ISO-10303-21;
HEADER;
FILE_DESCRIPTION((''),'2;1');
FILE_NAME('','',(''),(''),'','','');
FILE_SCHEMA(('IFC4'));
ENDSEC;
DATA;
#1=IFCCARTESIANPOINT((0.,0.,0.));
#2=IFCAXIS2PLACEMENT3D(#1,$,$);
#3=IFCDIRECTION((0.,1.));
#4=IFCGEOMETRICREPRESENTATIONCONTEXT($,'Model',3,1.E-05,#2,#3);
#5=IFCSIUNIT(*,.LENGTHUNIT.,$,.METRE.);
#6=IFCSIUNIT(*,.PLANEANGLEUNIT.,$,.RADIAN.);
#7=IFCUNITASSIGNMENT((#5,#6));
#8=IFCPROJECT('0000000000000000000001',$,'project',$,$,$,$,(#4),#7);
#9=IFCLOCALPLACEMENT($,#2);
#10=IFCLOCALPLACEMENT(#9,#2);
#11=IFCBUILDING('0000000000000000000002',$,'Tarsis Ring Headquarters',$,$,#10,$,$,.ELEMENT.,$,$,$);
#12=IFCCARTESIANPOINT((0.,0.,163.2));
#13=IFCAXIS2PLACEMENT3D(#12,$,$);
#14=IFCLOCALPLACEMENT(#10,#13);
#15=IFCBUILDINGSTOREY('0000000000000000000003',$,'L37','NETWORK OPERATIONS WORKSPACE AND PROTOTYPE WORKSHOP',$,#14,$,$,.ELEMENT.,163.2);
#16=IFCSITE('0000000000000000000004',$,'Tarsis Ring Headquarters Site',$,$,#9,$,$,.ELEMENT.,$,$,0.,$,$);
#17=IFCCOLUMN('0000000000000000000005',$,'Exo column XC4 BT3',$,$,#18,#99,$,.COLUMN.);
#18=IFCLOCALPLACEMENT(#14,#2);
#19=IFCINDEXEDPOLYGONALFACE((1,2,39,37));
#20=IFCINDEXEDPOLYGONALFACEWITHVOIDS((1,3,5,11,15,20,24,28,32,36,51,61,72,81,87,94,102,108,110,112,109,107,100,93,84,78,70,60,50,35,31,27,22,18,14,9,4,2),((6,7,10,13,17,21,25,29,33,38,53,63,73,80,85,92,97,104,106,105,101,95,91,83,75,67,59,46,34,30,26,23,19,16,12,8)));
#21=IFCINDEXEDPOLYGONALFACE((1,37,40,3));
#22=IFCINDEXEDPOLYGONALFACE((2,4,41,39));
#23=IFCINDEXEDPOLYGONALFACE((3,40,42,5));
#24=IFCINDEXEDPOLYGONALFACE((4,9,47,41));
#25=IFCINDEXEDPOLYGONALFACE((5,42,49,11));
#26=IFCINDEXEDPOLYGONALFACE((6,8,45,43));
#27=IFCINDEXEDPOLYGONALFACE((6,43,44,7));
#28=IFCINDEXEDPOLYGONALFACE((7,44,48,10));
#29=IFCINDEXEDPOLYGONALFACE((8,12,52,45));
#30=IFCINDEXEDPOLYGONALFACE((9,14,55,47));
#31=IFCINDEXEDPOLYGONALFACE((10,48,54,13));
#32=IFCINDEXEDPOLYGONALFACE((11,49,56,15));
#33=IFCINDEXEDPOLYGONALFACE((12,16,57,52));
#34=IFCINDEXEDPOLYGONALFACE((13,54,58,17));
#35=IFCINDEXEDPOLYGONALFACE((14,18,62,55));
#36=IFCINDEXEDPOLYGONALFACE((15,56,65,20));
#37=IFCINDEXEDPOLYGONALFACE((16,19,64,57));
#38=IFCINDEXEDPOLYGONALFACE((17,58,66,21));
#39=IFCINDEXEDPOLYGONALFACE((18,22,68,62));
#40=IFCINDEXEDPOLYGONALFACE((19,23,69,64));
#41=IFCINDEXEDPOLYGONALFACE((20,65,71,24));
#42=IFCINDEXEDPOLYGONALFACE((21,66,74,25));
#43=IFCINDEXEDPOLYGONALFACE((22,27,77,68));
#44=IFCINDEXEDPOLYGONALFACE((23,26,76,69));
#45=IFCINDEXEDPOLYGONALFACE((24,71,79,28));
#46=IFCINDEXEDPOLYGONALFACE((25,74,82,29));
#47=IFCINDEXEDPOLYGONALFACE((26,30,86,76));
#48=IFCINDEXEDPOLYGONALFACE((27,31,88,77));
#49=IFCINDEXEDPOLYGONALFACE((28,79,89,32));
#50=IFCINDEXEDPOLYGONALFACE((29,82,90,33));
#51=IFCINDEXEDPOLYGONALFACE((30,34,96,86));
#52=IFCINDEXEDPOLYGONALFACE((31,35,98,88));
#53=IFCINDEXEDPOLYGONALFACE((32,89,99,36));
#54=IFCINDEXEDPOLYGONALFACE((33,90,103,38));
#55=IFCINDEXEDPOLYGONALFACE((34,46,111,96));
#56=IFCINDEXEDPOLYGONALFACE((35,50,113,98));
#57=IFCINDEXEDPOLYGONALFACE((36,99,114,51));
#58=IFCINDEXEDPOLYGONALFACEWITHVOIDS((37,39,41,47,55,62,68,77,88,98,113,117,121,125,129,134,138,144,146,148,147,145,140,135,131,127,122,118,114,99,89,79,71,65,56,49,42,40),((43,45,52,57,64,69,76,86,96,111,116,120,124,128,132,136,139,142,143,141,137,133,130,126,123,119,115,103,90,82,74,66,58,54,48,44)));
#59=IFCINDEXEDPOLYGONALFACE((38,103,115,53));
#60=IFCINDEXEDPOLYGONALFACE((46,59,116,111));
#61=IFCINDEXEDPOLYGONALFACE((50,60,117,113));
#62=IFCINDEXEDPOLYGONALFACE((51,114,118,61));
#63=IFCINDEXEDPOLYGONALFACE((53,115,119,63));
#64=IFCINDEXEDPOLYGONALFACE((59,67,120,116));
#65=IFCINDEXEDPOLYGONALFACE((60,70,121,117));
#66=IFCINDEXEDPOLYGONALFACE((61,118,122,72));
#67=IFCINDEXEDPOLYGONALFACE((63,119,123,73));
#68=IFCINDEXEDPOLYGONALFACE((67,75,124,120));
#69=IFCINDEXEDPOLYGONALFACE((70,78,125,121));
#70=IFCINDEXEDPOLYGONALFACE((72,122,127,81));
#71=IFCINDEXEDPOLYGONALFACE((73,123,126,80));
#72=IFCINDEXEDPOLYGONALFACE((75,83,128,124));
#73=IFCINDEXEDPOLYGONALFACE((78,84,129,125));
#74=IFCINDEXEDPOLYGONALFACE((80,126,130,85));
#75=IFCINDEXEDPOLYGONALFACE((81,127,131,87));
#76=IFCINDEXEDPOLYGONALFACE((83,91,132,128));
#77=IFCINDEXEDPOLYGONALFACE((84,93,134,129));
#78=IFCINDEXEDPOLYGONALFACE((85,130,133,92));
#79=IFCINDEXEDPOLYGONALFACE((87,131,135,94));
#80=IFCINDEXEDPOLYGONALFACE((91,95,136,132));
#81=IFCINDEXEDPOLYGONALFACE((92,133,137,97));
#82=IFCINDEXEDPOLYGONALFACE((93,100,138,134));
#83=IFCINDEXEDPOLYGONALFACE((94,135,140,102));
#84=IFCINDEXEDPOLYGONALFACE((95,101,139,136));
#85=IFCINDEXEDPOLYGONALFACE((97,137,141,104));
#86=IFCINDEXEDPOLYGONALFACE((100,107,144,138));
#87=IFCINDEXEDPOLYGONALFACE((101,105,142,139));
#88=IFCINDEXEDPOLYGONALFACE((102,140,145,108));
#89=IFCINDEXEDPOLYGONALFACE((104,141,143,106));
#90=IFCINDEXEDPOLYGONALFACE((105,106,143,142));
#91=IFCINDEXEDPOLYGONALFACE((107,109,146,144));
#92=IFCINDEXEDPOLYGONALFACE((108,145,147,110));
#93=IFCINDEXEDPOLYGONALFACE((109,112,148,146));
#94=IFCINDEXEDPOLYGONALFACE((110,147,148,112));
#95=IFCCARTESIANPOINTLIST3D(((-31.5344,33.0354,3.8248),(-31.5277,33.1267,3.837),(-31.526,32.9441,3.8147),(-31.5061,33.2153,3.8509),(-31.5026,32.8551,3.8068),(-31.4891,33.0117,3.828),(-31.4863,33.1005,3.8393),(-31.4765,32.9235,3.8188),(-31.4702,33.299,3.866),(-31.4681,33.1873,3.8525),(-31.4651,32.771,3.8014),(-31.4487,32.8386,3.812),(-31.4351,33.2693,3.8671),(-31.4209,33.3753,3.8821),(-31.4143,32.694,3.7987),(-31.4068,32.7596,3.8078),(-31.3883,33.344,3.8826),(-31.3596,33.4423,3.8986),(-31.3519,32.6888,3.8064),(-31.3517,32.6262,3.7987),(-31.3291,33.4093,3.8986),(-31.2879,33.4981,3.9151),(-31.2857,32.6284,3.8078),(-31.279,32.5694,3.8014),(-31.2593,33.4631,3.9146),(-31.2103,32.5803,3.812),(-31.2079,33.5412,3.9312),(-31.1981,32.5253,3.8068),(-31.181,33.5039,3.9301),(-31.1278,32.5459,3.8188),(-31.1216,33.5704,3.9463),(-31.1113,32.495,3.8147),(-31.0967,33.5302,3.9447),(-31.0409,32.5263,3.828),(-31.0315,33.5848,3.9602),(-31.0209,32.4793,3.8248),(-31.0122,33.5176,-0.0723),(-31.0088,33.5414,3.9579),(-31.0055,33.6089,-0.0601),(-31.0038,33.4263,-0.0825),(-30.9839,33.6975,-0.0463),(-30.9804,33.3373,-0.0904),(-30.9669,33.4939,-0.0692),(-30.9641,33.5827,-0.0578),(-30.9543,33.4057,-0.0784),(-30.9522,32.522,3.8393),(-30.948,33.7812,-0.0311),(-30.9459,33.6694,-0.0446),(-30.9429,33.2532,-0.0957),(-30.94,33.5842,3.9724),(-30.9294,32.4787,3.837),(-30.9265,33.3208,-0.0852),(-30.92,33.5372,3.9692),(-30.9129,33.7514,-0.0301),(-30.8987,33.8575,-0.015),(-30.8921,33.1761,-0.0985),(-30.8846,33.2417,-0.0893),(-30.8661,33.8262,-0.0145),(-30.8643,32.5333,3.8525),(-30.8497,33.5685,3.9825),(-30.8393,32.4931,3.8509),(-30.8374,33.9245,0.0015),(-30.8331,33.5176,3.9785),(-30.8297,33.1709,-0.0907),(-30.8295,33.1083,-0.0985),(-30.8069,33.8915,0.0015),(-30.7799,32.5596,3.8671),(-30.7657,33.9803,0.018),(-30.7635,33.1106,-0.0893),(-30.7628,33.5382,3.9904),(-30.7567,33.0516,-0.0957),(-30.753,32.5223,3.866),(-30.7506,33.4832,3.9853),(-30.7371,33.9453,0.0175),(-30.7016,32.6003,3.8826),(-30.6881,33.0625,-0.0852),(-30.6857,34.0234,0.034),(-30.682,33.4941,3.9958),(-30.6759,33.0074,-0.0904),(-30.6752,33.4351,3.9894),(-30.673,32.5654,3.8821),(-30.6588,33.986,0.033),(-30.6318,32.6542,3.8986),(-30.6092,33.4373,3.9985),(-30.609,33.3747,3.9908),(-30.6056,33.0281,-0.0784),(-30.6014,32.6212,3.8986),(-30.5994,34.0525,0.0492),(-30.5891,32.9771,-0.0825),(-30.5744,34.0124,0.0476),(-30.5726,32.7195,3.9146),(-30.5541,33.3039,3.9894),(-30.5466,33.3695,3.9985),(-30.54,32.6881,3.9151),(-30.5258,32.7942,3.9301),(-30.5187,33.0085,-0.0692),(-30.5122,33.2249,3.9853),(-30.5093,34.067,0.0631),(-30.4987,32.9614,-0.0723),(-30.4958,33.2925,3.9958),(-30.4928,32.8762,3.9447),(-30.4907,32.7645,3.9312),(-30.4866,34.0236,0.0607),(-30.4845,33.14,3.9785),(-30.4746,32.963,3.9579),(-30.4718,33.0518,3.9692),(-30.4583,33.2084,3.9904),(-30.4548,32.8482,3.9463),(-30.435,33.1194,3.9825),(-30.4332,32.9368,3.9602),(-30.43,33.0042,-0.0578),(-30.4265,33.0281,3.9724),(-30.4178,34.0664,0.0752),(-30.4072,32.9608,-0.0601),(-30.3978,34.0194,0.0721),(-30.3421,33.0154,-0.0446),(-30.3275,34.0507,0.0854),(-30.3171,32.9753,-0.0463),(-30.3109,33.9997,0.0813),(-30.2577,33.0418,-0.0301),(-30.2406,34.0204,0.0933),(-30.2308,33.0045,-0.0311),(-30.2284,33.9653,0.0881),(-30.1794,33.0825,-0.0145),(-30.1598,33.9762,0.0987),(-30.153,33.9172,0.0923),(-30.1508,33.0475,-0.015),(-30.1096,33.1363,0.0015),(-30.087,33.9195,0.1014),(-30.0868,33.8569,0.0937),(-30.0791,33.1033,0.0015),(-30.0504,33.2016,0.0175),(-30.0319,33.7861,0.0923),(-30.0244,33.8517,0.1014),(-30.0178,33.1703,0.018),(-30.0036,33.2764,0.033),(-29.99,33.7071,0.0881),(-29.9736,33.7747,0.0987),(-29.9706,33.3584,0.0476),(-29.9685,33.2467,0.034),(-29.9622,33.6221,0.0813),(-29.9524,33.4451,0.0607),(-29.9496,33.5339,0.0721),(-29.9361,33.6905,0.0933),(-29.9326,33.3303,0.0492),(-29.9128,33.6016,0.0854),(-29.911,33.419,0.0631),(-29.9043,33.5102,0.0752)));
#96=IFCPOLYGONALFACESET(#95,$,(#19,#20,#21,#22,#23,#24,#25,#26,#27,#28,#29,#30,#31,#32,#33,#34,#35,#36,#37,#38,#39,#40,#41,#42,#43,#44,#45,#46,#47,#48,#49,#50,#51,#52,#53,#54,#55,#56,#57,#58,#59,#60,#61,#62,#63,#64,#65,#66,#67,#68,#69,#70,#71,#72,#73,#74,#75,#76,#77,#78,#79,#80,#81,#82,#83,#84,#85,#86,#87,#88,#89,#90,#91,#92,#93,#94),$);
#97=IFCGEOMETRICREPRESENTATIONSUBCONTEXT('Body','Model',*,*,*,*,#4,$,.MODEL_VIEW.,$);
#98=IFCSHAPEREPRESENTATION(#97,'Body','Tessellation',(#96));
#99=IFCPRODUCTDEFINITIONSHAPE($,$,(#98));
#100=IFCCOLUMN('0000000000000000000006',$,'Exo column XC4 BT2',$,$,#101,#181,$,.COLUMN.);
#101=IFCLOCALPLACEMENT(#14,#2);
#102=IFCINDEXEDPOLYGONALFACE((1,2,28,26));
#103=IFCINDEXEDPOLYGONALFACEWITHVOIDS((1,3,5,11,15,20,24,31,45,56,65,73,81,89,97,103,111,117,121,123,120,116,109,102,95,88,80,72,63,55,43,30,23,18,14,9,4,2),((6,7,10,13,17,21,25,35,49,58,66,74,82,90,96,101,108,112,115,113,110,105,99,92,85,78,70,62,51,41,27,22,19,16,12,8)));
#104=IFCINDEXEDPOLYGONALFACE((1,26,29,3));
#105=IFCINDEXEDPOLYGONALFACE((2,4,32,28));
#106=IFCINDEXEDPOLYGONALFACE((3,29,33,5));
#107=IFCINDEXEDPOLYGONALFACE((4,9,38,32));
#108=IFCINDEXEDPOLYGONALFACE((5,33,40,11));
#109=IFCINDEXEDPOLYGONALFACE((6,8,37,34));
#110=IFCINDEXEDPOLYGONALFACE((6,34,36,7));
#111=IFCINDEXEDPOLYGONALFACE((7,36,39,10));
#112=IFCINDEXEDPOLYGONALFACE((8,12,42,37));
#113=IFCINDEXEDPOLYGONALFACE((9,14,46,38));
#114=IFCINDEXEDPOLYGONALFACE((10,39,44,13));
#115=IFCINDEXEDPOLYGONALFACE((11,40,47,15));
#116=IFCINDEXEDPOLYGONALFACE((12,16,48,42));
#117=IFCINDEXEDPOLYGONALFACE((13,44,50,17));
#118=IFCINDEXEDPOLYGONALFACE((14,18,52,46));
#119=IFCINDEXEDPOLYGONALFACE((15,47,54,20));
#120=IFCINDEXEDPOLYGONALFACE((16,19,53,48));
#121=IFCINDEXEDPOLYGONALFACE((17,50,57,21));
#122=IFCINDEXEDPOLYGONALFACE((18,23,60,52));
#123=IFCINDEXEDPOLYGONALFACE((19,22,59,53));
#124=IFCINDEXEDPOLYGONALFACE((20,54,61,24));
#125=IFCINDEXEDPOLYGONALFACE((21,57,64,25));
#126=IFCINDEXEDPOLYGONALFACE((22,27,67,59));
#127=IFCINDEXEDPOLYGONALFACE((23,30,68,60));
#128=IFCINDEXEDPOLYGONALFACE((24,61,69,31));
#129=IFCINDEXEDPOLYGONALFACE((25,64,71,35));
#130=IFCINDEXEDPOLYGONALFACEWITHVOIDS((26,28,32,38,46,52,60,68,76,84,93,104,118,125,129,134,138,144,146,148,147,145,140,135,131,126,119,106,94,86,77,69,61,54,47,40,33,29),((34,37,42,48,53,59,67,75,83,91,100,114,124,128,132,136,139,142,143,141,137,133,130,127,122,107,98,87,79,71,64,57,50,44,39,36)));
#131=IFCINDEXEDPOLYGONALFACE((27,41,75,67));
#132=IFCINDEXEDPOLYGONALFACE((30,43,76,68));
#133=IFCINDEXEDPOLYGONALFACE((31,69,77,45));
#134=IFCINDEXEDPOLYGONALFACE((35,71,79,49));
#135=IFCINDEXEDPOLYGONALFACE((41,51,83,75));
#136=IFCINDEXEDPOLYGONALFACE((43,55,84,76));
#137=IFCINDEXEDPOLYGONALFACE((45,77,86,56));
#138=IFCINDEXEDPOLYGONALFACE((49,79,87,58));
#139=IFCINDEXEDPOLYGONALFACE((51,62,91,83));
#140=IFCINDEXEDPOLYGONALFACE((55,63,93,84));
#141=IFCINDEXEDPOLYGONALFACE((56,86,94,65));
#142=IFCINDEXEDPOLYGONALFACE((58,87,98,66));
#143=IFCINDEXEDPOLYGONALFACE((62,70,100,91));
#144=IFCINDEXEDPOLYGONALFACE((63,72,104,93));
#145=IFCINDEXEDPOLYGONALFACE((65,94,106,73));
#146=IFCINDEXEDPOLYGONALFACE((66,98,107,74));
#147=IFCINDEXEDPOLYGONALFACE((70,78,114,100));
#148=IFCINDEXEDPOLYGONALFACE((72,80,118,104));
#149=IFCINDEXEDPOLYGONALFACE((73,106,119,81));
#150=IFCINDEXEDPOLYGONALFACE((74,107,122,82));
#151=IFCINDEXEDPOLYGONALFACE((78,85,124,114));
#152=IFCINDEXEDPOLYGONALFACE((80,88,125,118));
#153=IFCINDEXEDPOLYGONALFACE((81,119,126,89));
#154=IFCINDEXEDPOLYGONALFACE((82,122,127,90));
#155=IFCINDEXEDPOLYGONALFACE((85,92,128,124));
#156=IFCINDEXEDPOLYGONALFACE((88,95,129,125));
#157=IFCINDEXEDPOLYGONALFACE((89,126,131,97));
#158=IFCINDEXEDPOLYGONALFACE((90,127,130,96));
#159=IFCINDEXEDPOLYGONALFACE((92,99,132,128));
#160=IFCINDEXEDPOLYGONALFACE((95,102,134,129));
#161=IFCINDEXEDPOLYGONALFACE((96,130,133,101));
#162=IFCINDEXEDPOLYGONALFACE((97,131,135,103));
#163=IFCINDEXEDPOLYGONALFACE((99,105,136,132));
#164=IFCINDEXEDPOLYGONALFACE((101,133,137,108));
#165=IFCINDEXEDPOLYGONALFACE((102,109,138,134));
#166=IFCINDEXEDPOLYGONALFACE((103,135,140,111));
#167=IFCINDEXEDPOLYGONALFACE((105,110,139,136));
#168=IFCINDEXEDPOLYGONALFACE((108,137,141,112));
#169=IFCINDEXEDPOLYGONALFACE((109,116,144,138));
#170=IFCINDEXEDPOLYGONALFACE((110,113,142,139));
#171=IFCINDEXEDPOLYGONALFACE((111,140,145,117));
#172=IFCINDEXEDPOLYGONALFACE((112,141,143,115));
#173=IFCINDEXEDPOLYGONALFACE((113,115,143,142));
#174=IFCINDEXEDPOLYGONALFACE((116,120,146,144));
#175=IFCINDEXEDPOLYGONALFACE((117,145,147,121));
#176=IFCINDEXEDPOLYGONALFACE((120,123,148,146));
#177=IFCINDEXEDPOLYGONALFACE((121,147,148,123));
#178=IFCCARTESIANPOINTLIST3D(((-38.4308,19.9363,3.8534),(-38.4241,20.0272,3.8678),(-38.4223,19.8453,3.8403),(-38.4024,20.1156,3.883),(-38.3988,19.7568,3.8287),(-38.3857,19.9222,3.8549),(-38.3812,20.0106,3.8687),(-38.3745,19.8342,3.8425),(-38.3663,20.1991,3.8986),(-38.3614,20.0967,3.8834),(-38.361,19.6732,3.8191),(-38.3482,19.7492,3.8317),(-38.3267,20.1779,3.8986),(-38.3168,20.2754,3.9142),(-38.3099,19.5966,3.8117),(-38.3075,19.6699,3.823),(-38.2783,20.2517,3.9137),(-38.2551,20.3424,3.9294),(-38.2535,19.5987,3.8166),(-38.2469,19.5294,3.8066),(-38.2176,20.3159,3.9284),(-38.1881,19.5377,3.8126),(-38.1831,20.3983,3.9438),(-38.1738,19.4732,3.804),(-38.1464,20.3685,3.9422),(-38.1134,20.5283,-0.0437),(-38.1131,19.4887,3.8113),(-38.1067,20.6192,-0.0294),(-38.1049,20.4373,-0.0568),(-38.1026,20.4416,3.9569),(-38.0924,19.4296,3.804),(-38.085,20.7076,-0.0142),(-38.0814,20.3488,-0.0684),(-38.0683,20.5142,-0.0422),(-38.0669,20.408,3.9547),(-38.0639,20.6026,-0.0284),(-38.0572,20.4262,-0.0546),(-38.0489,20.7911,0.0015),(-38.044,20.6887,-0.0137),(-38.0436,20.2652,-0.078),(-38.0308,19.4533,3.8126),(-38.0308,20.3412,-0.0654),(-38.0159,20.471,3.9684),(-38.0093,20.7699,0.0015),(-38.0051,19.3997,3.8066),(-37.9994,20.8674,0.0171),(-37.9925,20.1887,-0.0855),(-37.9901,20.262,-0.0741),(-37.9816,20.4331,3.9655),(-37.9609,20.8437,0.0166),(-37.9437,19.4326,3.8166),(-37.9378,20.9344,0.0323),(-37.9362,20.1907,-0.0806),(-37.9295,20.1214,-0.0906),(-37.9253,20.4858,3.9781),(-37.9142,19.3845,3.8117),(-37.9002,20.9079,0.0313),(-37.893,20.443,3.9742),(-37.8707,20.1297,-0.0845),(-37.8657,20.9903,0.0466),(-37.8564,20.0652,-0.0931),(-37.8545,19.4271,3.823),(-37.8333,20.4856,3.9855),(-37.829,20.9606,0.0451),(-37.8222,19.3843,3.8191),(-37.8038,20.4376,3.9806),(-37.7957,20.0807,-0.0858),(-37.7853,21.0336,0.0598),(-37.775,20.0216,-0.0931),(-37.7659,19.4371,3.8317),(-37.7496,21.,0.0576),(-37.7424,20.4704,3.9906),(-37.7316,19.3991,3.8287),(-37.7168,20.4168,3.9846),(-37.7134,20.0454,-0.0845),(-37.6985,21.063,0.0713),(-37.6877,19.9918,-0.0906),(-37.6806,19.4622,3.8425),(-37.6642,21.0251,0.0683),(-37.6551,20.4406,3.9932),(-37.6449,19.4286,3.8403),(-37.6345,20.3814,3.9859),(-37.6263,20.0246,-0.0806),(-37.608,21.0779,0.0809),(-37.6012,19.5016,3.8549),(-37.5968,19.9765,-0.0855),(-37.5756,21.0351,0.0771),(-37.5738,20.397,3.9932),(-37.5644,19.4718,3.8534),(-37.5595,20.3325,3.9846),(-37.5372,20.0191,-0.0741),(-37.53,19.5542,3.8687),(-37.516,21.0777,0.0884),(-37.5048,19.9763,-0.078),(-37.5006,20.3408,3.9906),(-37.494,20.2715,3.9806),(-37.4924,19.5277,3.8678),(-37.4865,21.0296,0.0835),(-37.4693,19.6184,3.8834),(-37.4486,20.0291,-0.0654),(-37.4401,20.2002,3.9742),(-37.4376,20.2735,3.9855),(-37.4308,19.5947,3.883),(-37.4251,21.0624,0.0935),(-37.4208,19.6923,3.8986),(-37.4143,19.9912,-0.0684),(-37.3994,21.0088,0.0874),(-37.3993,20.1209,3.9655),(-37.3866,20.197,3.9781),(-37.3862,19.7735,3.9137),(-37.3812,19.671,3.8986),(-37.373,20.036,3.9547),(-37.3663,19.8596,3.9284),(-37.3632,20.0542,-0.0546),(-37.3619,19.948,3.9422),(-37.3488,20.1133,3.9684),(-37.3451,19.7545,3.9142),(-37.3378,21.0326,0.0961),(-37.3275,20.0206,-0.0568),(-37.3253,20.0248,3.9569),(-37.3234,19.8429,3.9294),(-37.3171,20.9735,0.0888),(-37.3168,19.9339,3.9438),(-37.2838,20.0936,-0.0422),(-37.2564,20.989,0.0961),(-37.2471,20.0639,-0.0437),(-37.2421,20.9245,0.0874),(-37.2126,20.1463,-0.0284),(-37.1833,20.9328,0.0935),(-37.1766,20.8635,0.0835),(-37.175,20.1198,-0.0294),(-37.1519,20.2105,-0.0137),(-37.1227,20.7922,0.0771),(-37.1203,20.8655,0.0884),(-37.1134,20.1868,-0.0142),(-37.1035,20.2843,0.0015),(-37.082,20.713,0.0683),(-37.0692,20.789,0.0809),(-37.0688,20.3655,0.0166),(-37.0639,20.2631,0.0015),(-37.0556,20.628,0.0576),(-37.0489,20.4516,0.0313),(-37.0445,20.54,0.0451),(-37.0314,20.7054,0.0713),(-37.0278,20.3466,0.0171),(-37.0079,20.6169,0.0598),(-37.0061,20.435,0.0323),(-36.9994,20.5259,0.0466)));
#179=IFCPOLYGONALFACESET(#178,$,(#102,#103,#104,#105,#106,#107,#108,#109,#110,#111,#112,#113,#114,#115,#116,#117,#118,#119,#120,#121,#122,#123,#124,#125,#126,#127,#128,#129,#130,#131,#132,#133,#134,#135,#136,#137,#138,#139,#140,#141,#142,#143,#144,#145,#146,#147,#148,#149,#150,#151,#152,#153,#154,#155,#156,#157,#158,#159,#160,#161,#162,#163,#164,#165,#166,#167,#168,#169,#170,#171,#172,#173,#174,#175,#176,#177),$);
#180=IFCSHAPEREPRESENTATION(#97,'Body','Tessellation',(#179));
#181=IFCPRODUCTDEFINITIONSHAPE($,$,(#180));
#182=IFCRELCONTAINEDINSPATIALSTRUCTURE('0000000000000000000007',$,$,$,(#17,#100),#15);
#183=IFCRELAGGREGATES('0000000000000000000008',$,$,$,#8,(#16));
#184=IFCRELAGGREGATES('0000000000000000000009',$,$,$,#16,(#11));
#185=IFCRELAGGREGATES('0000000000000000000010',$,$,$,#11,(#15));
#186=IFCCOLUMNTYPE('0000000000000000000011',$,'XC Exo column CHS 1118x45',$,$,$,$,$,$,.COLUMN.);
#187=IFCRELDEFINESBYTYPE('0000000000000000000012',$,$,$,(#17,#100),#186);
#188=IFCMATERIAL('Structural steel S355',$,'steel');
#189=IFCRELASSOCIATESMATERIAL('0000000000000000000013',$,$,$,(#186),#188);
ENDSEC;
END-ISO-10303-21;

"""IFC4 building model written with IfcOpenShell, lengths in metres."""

from ifc_helpers import new_model, si_unit, direction, frame, origin, origin_2d, place, context, subcontext, project, spatial, hollow_circle, extrude, material, material_profile, profile_set, type_object, element, save


model = new_model("IFC4")

# Units and contexts
model_context = context("Model", 3, precision=1e-05, world=origin(), true_north=direction((0.0, 1.0)))
body_context = subcontext(model_context, "Body", "Model", "MODEL_VIEW")
ifc_project = project(units=[si_unit("LENGTHUNIT", "METRE"), si_unit("PLANEANGLEUNIT", "RADIAN")], contexts=[model_context])

# Site, building, storey
site_placement = place(None, origin())
site = spatial("IfcSite", under=ifc_project, at=site_placement, Name="Tarsis Ring Headquarters Site", CompositionType="ELEMENT", RefElevation=0.0)
building_placement = place(site_placement, origin())
building = spatial("IfcBuilding", under=site, at=building_placement, Name="Tarsis Ring Headquarters", CompositionType="ELEMENT")
storey_placement = place(building_placement, frame((0.0, 0.0, 163.2)))
storey = spatial("IfcBuildingStorey", under=building, at=storey_placement, Name="L37", Description="NETWORK OPERATIONS WORKSPACE AND PROTOTYPE WORKSHOP", CompositionType="ELEMENT", Elevation=163.2)

# Columns
ifc_material_1 = material(Name="Structural steel S355", Category="steel")
ifc_material_profile_1 = material_profile(ifc_material_1, hollow_circle(Radius=0.5588, WallThickness=0.0449, at=origin_2d()), Name="CHS 1118x45")
ifc_profile_set_1 = profile_set([ifc_material_profile_1], Name="Structural steel S355")
column_type = type_object("IfcColumnType", Name="XC Exo column CHS 1118x45", PredefinedType="COLUMN", material=ifc_profile_set_1)
column_1_placement = place(storey_placement, frame((-30.4583, 33.5139, 0.0015), z_axis=(-0.131823, -0.121716, 0.983772), x_axis=(0.67838, -0.734711, 0.0)))
element("IfcColumn", 1, at=column_1_placement, inside=storey, type_object=column_type, Name="Exo column XC4 BT3", PredefinedType="COLUMN", context=body_context, shape_type="SweptSolid", body=[
    extrude(hollow_circle(Radius=0.5588, WallThickness=0.0449, at=origin_2d()), origin(), (0.0, 0.0, 1.0), 3.9614),
])
column_2_placement = place(storey_placement, frame((-37.5564, 20.5271, 0.0015), z_axis=(-0.080255, -0.149706, 0.985468), x_axis=(0.881345, -0.472474, 0.0)))
element("IfcColumn", 2, at=column_2_placement, inside=storey, type_object=column_type, Name="Exo column XC4 BT2", PredefinedType="COLUMN", context=body_context, shape_type="SweptSolid", body=[
    extrude(hollow_circle(Radius=0.5588, WallThickness=0.0449, at=origin_2d()), origin(), (0.0, 0.0, 1.0), 3.9546),
])

save(model, "model.ifc")
